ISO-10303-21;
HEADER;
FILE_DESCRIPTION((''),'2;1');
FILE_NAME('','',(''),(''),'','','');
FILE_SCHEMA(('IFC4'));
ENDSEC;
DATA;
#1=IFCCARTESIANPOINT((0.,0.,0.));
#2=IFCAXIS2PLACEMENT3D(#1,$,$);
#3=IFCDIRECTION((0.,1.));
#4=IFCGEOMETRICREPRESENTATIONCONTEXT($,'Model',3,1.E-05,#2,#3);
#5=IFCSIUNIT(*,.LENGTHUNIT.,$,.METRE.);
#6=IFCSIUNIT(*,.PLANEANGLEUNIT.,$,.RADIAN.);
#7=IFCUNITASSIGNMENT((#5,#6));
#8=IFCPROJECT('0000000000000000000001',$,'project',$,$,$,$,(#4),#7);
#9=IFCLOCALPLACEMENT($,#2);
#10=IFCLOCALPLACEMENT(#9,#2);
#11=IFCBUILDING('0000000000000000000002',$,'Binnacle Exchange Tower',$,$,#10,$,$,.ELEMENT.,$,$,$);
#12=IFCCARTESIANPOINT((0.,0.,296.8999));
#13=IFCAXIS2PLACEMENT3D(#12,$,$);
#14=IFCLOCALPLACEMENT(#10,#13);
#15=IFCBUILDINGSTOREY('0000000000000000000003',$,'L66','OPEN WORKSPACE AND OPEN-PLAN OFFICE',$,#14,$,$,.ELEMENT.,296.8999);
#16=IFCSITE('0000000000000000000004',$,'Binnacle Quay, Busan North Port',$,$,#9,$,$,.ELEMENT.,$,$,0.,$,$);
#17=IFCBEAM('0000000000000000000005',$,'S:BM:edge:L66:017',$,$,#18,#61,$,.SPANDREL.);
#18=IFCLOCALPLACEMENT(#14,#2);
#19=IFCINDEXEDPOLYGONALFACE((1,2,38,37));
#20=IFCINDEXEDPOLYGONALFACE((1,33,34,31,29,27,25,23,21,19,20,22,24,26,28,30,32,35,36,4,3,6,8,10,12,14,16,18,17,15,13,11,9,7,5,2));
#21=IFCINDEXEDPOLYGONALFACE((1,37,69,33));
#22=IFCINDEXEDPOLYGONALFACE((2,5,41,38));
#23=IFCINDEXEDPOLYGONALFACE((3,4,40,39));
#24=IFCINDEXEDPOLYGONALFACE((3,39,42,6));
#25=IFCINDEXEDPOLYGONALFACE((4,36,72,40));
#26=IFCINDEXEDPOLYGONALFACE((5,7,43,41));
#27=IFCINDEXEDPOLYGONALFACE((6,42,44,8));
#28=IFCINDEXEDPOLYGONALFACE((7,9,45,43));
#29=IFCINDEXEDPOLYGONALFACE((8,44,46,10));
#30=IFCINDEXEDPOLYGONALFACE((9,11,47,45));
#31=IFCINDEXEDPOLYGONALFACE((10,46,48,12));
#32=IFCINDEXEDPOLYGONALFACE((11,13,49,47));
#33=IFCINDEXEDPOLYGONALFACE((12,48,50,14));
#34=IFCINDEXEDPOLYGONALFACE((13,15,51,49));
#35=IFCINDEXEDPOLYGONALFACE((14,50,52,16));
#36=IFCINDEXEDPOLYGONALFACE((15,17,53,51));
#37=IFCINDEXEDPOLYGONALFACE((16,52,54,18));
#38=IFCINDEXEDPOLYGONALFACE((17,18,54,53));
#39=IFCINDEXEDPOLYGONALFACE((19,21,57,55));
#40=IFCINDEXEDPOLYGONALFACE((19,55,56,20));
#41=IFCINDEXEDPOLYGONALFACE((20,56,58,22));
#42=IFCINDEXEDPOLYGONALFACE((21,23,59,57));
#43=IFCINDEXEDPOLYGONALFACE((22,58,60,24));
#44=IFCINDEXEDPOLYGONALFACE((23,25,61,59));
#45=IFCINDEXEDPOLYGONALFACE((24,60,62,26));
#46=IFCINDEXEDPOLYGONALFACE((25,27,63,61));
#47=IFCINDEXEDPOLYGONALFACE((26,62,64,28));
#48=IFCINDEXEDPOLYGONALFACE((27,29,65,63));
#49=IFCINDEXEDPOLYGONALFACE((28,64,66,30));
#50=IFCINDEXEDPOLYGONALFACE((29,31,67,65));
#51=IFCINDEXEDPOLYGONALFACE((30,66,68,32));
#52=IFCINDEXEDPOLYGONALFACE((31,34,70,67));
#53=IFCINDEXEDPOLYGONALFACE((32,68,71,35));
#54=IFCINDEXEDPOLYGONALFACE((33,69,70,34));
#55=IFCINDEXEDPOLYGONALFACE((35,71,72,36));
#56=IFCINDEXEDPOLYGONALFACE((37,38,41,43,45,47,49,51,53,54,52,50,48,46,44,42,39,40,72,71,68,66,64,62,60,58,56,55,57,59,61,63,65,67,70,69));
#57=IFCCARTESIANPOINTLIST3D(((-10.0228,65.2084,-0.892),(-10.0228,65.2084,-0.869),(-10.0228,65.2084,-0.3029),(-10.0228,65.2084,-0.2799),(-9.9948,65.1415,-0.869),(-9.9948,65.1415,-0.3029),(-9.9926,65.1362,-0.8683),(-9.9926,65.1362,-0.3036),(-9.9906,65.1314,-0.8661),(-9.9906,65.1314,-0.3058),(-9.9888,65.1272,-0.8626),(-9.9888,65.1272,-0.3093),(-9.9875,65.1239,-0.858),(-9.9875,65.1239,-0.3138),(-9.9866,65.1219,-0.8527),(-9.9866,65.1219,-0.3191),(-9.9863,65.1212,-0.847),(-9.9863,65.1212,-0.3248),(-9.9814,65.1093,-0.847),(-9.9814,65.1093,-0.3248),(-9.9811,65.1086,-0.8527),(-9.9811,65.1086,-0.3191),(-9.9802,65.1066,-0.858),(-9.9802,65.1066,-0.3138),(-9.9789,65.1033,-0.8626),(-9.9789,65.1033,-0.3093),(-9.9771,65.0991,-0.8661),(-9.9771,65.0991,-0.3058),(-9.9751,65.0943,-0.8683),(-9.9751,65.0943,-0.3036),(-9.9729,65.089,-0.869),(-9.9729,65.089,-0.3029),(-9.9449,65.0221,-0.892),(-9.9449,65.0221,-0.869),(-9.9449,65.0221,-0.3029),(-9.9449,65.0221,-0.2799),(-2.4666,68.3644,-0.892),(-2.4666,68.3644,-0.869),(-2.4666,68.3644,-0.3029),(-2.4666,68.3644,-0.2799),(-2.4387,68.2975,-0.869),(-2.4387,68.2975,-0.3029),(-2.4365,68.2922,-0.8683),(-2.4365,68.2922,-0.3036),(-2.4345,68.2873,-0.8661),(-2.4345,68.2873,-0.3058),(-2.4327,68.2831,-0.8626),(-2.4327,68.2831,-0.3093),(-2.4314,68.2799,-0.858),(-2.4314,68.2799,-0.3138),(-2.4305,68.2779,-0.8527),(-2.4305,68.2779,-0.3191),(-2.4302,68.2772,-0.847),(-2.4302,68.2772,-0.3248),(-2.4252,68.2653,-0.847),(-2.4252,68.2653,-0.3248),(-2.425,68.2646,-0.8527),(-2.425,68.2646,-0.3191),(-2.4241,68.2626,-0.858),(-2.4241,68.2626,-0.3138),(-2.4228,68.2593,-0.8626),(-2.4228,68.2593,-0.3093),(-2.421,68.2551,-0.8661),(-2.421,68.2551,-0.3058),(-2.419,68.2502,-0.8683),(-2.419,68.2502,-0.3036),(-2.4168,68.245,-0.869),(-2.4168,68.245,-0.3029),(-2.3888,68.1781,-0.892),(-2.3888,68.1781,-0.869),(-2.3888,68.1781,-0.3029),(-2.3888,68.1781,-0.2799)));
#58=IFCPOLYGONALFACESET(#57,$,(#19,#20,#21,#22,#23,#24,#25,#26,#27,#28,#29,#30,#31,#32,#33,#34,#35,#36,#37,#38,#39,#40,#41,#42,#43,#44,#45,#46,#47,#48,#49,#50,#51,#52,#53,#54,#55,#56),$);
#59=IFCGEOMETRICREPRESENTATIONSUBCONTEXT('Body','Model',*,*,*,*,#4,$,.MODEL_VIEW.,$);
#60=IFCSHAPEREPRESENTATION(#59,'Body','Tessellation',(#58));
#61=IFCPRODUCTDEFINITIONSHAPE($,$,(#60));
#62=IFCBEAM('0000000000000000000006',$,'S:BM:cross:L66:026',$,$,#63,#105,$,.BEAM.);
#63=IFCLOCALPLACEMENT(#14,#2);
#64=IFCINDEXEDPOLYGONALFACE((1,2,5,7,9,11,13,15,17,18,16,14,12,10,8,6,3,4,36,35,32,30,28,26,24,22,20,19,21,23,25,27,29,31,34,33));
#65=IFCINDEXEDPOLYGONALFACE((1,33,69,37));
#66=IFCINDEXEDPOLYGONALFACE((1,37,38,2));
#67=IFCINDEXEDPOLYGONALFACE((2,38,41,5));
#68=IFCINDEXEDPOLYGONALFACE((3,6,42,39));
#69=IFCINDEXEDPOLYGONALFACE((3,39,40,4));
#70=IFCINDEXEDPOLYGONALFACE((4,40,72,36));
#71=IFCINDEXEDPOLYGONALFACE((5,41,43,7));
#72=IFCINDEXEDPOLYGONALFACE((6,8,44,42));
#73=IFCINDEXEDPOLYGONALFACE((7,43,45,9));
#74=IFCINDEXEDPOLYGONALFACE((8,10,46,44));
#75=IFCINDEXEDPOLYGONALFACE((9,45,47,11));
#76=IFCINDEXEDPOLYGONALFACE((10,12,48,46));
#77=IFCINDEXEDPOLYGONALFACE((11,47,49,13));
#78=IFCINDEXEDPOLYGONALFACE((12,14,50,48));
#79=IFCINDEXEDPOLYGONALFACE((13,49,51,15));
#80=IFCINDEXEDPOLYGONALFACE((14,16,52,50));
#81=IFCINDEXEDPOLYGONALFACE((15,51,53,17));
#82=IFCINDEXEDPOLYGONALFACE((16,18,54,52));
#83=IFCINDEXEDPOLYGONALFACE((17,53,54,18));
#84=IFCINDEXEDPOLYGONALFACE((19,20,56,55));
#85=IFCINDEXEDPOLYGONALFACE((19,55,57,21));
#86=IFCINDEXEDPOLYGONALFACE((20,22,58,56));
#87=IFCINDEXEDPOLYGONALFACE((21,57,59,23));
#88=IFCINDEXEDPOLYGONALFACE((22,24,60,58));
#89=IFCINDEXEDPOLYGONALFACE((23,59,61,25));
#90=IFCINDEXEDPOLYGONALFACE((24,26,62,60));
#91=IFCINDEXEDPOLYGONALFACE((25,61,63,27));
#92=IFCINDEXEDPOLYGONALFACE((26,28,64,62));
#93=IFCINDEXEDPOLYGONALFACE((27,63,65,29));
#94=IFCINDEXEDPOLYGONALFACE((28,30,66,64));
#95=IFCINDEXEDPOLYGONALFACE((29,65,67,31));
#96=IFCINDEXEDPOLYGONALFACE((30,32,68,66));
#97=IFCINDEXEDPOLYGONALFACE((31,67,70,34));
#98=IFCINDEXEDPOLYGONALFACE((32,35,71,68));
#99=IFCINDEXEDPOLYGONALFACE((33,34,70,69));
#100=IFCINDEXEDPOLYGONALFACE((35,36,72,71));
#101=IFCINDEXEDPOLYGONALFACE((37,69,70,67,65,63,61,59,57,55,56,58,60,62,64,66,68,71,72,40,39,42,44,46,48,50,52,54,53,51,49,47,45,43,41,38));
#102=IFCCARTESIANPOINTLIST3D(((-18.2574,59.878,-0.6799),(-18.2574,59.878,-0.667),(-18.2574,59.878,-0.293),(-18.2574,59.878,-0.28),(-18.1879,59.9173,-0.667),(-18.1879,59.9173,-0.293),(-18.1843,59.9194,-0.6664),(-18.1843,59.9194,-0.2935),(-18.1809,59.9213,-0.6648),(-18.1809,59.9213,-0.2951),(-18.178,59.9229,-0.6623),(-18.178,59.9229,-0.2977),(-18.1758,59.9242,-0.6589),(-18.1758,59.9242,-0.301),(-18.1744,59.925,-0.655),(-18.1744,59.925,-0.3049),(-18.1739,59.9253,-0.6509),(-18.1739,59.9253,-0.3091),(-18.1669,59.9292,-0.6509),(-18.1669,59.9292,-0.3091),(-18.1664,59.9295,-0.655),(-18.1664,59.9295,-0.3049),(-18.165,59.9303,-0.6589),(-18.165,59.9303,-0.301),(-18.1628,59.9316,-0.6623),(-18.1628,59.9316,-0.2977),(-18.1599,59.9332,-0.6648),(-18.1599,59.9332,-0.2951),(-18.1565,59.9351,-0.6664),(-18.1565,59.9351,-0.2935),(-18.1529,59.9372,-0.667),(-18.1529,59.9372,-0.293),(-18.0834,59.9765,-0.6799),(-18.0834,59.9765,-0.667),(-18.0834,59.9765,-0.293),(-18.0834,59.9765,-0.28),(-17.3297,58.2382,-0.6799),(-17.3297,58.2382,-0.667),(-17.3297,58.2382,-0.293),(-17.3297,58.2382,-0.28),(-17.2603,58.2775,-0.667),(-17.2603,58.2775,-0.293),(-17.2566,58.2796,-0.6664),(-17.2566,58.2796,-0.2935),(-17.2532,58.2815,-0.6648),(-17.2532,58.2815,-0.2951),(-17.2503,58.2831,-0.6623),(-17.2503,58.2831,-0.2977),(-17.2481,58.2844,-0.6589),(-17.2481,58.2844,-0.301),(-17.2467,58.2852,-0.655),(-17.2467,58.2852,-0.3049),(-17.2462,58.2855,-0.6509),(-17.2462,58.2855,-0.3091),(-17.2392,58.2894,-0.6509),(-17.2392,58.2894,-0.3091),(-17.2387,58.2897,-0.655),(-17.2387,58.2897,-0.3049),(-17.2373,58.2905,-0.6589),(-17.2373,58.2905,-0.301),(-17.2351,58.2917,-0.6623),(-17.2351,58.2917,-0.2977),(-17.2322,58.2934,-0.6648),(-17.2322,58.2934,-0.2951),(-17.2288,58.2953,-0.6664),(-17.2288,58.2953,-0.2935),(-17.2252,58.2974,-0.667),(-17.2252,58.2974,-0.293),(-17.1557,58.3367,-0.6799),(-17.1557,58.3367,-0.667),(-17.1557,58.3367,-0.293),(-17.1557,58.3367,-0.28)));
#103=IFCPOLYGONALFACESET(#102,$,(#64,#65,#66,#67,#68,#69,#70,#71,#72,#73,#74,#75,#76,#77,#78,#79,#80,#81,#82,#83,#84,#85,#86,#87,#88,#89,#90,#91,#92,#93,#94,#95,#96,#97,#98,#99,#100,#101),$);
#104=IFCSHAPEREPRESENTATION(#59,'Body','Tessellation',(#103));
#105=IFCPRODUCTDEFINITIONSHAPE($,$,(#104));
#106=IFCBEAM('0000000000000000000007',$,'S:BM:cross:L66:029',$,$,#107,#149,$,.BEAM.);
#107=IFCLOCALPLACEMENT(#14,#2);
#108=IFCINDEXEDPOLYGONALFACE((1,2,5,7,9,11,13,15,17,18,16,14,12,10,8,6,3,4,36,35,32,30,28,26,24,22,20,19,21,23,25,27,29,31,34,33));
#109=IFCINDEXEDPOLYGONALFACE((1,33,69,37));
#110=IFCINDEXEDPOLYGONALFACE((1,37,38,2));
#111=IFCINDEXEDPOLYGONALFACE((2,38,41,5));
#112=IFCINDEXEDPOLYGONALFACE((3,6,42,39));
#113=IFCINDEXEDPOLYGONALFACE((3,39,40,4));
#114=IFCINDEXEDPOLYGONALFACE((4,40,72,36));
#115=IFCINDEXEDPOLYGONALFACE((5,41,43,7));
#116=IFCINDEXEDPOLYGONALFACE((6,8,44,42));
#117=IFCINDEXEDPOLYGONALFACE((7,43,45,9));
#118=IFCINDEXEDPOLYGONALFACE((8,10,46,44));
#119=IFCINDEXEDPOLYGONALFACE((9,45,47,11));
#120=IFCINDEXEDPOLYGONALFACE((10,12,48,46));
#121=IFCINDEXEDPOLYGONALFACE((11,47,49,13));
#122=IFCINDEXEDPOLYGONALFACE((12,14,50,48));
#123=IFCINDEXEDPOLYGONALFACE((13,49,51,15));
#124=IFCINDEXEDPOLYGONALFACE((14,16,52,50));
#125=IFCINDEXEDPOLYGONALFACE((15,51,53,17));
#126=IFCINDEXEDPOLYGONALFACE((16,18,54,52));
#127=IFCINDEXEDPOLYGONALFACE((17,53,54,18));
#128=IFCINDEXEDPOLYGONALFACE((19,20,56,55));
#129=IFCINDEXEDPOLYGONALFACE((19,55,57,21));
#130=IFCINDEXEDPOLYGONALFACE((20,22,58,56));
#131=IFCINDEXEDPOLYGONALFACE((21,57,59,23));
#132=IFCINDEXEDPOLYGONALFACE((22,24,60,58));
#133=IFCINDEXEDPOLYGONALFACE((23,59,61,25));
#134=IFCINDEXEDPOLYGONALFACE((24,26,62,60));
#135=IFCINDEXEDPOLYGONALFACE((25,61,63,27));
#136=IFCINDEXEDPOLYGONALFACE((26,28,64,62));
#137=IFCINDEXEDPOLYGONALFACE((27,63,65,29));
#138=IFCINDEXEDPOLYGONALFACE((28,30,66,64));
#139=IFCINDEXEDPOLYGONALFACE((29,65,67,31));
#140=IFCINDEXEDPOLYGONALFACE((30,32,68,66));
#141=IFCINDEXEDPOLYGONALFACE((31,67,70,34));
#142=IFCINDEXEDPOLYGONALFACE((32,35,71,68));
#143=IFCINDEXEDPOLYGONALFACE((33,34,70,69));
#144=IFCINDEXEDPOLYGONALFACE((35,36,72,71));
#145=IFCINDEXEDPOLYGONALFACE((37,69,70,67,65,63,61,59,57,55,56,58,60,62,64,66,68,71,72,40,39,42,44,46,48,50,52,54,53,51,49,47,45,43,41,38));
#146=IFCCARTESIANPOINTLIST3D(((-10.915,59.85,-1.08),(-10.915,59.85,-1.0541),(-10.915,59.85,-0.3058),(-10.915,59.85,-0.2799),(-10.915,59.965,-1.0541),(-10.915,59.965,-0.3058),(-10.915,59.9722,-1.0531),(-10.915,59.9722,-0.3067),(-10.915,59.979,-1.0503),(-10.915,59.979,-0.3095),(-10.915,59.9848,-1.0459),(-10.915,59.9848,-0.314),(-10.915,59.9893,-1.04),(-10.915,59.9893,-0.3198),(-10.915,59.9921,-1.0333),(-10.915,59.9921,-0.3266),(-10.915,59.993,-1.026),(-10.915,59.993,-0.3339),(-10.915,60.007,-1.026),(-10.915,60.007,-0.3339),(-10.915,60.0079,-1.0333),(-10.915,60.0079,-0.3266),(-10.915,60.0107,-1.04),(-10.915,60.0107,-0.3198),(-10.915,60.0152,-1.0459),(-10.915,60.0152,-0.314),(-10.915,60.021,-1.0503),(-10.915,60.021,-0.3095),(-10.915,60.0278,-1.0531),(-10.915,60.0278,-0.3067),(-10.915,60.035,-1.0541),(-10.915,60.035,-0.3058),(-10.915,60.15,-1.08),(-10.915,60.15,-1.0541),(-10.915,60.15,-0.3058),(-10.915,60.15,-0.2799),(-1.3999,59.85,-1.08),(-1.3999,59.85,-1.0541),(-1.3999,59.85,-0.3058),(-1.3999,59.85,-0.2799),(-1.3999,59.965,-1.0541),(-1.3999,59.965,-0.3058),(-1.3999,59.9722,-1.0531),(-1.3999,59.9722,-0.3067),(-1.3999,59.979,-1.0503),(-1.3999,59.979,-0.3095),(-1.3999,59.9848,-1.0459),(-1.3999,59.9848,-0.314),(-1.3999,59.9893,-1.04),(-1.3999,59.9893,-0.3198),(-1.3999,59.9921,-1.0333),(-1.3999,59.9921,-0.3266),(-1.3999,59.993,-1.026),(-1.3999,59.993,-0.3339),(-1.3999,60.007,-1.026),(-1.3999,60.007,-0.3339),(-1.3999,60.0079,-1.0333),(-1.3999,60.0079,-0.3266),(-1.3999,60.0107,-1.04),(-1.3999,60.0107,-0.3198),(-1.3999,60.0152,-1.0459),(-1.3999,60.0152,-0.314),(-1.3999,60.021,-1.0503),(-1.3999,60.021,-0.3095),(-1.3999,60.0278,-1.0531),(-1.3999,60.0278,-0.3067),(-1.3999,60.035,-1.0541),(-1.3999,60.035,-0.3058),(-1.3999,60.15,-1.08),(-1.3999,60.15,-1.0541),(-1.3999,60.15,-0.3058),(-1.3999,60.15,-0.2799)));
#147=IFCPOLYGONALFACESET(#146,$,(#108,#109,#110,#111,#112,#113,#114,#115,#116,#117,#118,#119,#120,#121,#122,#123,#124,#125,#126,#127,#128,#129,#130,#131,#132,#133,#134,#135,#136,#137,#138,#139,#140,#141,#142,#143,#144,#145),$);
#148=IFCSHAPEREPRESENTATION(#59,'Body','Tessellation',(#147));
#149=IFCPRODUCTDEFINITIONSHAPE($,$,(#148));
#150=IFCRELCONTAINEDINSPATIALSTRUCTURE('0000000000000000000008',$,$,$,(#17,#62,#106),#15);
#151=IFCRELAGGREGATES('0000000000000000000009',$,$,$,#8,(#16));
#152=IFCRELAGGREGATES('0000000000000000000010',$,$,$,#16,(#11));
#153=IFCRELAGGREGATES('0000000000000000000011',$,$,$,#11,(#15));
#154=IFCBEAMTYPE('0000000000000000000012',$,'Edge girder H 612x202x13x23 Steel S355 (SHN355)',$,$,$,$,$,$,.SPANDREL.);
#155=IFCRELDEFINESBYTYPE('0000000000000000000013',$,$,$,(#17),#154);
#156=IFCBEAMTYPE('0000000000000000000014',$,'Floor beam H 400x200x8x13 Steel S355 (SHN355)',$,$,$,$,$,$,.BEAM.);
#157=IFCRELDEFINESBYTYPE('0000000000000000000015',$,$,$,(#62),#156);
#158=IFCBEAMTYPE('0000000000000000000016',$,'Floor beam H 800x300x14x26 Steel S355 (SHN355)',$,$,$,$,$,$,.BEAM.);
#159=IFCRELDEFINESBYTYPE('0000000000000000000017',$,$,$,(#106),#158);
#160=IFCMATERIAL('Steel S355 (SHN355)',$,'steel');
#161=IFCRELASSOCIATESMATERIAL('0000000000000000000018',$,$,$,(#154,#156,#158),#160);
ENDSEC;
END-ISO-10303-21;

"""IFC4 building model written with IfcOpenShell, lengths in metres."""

from ifc_helpers import new_model, si_unit, direction, frame, origin, origin_2d, place, context, subcontext, project, spatial, i_section, extrude, material, material_profile, profile_set, type_object, element, save


model = new_model("IFC4")

# Units and contexts
model_context = context("Model", 3, precision=1e-05, world=origin(), true_north=direction((0.0, 1.0)))
body_context = subcontext(model_context, "Body", "Model", "MODEL_VIEW")
ifc_project = project(units=[si_unit("LENGTHUNIT", "METRE"), si_unit("PLANEANGLEUNIT", "RADIAN")], contexts=[model_context])

# Site, building, storey
site_placement = place(None, origin())
site = spatial("IfcSite", under=ifc_project, at=site_placement, Name="Binnacle Quay, Busan North Port", CompositionType="ELEMENT", RefElevation=0.0)
building_placement = place(site_placement, origin())
building = spatial("IfcBuilding", under=site, at=building_placement, Name="Binnacle Exchange Tower", CompositionType="ELEMENT")
storey_placement = place(building_placement, frame((0.0, 0.0, 296.8999)))
storey = spatial("IfcBuildingStorey", under=building, at=storey_placement, Name="L66", Description="OPEN WORKSPACE AND OPEN-PLAN OFFICE", CompositionType="ELEMENT", Elevation=296.8999)

# Beams
ifc_material_1 = material(Name="Steel S355 (SHN355)", Category="steel")
ifc_material_profile_1 = material_profile(ifc_material_1, i_section(OverallWidth=0.2019, OverallDepth=0.6121, WebThickness=0.0129, FlangeThickness=0.0229, FilletRadius=0.022, at=origin_2d()), Name="H 612x202x13x23")
ifc_profile_set_1 = profile_set([ifc_material_profile_1], Name="Steel S355 (SHN355)")
beam_type_1 = type_object("IfcBeamType", Name="Edge girder H 612x202x13x23 Steel S355 (SHN355)", PredefinedType="SPANDREL", material=ifc_profile_set_1)
beam_1_placement = place(storey_placement, frame((-2.4277, 68.2712, -0.5859), z_axis=(-0.922747, -0.385407, 0.0), x_axis=(0.385407, -0.922747, 0.0)))
element("IfcBeam", 1, at=beam_1_placement, inside=storey, type_object=beam_type_1, Name="S:BM:edge:L66:017", PredefinedType="SPANDREL", context=body_context, shape_type="SweptSolid", body=[
    extrude(i_section(OverallWidth=0.2019, OverallDepth=0.6121, WebThickness=0.0129, FlangeThickness=0.0229, FilletRadius=0.022, at=origin_2d()), origin(), (0.0, 0.0, 1.0), 8.1887),
])
ifc_material_profile_2 = material_profile(ifc_material_1, i_section(OverallWidth=0.2, OverallDepth=0.3999, WebThickness=0.0081, FlangeThickness=0.0129, FilletRadius=0.0161, at=origin_2d()), Name="H 400x200x8x13")
ifc_profile_set_2 = profile_set([ifc_material_profile_2], Name="Steel S355 (SHN355)")
beam_type_2 = type_object("IfcBeamType", Name="Floor beam H 400x200x8x13 Steel S355 (SHN355)", PredefinedType="BEAM", material=ifc_profile_set_2)
beam_2_placement = place(storey_placement, frame((-18.1704, 59.9272, -0.48), z_axis=(0.492395, -0.870372, 0.0), x_axis=(0.870372, 0.492395, 0.0)))
element("IfcBeam", 2, at=beam_2_placement, inside=storey, type_object=beam_type_2, Name="S:BM:cross:L66:026", PredefinedType="BEAM", context=body_context, shape_type="SweptSolid", body=[
    extrude(i_section(OverallWidth=0.2, OverallDepth=0.3999, WebThickness=0.0081, FlangeThickness=0.0129, FilletRadius=0.0161, at=origin_2d()), origin(), (0.0, 0.0, 1.0), 1.884),
])
ifc_material_profile_3 = material_profile(ifc_material_1, i_section(OverallWidth=0.3, OverallDepth=0.8, WebThickness=0.0139, FlangeThickness=0.0259, FilletRadius=0.0281, at=origin_2d()), Name="H 800x300x14x26")
ifc_profile_set_3 = profile_set([ifc_material_profile_3], Name="Steel S355 (SHN355)")
beam_type_3 = type_object("IfcBeamType", Name="Floor beam H 800x300x14x26 Steel S355 (SHN355)", PredefinedType="BEAM", material=ifc_profile_set_3)
beam_3_placement = place(storey_placement, frame((-1.3999, 60.0, -0.6799), z_axis=(-1.0, 0.0, 0.0), x_axis=(0.0, -1.0, 0.0)))
element("IfcBeam", 3, at=beam_3_placement, inside=storey, type_object=beam_type_3, Name="S:BM:cross:L66:029", PredefinedType="BEAM", context=body_context, shape_type="SweptSolid", body=[
    extrude(i_section(OverallWidth=0.3, OverallDepth=0.8, WebThickness=0.0139, FlangeThickness=0.0259, FilletRadius=0.0281, at=origin_2d()), origin(), (0.0, 0.0, 1.0), 9.5151),
])

save(model, "model.ifc")
